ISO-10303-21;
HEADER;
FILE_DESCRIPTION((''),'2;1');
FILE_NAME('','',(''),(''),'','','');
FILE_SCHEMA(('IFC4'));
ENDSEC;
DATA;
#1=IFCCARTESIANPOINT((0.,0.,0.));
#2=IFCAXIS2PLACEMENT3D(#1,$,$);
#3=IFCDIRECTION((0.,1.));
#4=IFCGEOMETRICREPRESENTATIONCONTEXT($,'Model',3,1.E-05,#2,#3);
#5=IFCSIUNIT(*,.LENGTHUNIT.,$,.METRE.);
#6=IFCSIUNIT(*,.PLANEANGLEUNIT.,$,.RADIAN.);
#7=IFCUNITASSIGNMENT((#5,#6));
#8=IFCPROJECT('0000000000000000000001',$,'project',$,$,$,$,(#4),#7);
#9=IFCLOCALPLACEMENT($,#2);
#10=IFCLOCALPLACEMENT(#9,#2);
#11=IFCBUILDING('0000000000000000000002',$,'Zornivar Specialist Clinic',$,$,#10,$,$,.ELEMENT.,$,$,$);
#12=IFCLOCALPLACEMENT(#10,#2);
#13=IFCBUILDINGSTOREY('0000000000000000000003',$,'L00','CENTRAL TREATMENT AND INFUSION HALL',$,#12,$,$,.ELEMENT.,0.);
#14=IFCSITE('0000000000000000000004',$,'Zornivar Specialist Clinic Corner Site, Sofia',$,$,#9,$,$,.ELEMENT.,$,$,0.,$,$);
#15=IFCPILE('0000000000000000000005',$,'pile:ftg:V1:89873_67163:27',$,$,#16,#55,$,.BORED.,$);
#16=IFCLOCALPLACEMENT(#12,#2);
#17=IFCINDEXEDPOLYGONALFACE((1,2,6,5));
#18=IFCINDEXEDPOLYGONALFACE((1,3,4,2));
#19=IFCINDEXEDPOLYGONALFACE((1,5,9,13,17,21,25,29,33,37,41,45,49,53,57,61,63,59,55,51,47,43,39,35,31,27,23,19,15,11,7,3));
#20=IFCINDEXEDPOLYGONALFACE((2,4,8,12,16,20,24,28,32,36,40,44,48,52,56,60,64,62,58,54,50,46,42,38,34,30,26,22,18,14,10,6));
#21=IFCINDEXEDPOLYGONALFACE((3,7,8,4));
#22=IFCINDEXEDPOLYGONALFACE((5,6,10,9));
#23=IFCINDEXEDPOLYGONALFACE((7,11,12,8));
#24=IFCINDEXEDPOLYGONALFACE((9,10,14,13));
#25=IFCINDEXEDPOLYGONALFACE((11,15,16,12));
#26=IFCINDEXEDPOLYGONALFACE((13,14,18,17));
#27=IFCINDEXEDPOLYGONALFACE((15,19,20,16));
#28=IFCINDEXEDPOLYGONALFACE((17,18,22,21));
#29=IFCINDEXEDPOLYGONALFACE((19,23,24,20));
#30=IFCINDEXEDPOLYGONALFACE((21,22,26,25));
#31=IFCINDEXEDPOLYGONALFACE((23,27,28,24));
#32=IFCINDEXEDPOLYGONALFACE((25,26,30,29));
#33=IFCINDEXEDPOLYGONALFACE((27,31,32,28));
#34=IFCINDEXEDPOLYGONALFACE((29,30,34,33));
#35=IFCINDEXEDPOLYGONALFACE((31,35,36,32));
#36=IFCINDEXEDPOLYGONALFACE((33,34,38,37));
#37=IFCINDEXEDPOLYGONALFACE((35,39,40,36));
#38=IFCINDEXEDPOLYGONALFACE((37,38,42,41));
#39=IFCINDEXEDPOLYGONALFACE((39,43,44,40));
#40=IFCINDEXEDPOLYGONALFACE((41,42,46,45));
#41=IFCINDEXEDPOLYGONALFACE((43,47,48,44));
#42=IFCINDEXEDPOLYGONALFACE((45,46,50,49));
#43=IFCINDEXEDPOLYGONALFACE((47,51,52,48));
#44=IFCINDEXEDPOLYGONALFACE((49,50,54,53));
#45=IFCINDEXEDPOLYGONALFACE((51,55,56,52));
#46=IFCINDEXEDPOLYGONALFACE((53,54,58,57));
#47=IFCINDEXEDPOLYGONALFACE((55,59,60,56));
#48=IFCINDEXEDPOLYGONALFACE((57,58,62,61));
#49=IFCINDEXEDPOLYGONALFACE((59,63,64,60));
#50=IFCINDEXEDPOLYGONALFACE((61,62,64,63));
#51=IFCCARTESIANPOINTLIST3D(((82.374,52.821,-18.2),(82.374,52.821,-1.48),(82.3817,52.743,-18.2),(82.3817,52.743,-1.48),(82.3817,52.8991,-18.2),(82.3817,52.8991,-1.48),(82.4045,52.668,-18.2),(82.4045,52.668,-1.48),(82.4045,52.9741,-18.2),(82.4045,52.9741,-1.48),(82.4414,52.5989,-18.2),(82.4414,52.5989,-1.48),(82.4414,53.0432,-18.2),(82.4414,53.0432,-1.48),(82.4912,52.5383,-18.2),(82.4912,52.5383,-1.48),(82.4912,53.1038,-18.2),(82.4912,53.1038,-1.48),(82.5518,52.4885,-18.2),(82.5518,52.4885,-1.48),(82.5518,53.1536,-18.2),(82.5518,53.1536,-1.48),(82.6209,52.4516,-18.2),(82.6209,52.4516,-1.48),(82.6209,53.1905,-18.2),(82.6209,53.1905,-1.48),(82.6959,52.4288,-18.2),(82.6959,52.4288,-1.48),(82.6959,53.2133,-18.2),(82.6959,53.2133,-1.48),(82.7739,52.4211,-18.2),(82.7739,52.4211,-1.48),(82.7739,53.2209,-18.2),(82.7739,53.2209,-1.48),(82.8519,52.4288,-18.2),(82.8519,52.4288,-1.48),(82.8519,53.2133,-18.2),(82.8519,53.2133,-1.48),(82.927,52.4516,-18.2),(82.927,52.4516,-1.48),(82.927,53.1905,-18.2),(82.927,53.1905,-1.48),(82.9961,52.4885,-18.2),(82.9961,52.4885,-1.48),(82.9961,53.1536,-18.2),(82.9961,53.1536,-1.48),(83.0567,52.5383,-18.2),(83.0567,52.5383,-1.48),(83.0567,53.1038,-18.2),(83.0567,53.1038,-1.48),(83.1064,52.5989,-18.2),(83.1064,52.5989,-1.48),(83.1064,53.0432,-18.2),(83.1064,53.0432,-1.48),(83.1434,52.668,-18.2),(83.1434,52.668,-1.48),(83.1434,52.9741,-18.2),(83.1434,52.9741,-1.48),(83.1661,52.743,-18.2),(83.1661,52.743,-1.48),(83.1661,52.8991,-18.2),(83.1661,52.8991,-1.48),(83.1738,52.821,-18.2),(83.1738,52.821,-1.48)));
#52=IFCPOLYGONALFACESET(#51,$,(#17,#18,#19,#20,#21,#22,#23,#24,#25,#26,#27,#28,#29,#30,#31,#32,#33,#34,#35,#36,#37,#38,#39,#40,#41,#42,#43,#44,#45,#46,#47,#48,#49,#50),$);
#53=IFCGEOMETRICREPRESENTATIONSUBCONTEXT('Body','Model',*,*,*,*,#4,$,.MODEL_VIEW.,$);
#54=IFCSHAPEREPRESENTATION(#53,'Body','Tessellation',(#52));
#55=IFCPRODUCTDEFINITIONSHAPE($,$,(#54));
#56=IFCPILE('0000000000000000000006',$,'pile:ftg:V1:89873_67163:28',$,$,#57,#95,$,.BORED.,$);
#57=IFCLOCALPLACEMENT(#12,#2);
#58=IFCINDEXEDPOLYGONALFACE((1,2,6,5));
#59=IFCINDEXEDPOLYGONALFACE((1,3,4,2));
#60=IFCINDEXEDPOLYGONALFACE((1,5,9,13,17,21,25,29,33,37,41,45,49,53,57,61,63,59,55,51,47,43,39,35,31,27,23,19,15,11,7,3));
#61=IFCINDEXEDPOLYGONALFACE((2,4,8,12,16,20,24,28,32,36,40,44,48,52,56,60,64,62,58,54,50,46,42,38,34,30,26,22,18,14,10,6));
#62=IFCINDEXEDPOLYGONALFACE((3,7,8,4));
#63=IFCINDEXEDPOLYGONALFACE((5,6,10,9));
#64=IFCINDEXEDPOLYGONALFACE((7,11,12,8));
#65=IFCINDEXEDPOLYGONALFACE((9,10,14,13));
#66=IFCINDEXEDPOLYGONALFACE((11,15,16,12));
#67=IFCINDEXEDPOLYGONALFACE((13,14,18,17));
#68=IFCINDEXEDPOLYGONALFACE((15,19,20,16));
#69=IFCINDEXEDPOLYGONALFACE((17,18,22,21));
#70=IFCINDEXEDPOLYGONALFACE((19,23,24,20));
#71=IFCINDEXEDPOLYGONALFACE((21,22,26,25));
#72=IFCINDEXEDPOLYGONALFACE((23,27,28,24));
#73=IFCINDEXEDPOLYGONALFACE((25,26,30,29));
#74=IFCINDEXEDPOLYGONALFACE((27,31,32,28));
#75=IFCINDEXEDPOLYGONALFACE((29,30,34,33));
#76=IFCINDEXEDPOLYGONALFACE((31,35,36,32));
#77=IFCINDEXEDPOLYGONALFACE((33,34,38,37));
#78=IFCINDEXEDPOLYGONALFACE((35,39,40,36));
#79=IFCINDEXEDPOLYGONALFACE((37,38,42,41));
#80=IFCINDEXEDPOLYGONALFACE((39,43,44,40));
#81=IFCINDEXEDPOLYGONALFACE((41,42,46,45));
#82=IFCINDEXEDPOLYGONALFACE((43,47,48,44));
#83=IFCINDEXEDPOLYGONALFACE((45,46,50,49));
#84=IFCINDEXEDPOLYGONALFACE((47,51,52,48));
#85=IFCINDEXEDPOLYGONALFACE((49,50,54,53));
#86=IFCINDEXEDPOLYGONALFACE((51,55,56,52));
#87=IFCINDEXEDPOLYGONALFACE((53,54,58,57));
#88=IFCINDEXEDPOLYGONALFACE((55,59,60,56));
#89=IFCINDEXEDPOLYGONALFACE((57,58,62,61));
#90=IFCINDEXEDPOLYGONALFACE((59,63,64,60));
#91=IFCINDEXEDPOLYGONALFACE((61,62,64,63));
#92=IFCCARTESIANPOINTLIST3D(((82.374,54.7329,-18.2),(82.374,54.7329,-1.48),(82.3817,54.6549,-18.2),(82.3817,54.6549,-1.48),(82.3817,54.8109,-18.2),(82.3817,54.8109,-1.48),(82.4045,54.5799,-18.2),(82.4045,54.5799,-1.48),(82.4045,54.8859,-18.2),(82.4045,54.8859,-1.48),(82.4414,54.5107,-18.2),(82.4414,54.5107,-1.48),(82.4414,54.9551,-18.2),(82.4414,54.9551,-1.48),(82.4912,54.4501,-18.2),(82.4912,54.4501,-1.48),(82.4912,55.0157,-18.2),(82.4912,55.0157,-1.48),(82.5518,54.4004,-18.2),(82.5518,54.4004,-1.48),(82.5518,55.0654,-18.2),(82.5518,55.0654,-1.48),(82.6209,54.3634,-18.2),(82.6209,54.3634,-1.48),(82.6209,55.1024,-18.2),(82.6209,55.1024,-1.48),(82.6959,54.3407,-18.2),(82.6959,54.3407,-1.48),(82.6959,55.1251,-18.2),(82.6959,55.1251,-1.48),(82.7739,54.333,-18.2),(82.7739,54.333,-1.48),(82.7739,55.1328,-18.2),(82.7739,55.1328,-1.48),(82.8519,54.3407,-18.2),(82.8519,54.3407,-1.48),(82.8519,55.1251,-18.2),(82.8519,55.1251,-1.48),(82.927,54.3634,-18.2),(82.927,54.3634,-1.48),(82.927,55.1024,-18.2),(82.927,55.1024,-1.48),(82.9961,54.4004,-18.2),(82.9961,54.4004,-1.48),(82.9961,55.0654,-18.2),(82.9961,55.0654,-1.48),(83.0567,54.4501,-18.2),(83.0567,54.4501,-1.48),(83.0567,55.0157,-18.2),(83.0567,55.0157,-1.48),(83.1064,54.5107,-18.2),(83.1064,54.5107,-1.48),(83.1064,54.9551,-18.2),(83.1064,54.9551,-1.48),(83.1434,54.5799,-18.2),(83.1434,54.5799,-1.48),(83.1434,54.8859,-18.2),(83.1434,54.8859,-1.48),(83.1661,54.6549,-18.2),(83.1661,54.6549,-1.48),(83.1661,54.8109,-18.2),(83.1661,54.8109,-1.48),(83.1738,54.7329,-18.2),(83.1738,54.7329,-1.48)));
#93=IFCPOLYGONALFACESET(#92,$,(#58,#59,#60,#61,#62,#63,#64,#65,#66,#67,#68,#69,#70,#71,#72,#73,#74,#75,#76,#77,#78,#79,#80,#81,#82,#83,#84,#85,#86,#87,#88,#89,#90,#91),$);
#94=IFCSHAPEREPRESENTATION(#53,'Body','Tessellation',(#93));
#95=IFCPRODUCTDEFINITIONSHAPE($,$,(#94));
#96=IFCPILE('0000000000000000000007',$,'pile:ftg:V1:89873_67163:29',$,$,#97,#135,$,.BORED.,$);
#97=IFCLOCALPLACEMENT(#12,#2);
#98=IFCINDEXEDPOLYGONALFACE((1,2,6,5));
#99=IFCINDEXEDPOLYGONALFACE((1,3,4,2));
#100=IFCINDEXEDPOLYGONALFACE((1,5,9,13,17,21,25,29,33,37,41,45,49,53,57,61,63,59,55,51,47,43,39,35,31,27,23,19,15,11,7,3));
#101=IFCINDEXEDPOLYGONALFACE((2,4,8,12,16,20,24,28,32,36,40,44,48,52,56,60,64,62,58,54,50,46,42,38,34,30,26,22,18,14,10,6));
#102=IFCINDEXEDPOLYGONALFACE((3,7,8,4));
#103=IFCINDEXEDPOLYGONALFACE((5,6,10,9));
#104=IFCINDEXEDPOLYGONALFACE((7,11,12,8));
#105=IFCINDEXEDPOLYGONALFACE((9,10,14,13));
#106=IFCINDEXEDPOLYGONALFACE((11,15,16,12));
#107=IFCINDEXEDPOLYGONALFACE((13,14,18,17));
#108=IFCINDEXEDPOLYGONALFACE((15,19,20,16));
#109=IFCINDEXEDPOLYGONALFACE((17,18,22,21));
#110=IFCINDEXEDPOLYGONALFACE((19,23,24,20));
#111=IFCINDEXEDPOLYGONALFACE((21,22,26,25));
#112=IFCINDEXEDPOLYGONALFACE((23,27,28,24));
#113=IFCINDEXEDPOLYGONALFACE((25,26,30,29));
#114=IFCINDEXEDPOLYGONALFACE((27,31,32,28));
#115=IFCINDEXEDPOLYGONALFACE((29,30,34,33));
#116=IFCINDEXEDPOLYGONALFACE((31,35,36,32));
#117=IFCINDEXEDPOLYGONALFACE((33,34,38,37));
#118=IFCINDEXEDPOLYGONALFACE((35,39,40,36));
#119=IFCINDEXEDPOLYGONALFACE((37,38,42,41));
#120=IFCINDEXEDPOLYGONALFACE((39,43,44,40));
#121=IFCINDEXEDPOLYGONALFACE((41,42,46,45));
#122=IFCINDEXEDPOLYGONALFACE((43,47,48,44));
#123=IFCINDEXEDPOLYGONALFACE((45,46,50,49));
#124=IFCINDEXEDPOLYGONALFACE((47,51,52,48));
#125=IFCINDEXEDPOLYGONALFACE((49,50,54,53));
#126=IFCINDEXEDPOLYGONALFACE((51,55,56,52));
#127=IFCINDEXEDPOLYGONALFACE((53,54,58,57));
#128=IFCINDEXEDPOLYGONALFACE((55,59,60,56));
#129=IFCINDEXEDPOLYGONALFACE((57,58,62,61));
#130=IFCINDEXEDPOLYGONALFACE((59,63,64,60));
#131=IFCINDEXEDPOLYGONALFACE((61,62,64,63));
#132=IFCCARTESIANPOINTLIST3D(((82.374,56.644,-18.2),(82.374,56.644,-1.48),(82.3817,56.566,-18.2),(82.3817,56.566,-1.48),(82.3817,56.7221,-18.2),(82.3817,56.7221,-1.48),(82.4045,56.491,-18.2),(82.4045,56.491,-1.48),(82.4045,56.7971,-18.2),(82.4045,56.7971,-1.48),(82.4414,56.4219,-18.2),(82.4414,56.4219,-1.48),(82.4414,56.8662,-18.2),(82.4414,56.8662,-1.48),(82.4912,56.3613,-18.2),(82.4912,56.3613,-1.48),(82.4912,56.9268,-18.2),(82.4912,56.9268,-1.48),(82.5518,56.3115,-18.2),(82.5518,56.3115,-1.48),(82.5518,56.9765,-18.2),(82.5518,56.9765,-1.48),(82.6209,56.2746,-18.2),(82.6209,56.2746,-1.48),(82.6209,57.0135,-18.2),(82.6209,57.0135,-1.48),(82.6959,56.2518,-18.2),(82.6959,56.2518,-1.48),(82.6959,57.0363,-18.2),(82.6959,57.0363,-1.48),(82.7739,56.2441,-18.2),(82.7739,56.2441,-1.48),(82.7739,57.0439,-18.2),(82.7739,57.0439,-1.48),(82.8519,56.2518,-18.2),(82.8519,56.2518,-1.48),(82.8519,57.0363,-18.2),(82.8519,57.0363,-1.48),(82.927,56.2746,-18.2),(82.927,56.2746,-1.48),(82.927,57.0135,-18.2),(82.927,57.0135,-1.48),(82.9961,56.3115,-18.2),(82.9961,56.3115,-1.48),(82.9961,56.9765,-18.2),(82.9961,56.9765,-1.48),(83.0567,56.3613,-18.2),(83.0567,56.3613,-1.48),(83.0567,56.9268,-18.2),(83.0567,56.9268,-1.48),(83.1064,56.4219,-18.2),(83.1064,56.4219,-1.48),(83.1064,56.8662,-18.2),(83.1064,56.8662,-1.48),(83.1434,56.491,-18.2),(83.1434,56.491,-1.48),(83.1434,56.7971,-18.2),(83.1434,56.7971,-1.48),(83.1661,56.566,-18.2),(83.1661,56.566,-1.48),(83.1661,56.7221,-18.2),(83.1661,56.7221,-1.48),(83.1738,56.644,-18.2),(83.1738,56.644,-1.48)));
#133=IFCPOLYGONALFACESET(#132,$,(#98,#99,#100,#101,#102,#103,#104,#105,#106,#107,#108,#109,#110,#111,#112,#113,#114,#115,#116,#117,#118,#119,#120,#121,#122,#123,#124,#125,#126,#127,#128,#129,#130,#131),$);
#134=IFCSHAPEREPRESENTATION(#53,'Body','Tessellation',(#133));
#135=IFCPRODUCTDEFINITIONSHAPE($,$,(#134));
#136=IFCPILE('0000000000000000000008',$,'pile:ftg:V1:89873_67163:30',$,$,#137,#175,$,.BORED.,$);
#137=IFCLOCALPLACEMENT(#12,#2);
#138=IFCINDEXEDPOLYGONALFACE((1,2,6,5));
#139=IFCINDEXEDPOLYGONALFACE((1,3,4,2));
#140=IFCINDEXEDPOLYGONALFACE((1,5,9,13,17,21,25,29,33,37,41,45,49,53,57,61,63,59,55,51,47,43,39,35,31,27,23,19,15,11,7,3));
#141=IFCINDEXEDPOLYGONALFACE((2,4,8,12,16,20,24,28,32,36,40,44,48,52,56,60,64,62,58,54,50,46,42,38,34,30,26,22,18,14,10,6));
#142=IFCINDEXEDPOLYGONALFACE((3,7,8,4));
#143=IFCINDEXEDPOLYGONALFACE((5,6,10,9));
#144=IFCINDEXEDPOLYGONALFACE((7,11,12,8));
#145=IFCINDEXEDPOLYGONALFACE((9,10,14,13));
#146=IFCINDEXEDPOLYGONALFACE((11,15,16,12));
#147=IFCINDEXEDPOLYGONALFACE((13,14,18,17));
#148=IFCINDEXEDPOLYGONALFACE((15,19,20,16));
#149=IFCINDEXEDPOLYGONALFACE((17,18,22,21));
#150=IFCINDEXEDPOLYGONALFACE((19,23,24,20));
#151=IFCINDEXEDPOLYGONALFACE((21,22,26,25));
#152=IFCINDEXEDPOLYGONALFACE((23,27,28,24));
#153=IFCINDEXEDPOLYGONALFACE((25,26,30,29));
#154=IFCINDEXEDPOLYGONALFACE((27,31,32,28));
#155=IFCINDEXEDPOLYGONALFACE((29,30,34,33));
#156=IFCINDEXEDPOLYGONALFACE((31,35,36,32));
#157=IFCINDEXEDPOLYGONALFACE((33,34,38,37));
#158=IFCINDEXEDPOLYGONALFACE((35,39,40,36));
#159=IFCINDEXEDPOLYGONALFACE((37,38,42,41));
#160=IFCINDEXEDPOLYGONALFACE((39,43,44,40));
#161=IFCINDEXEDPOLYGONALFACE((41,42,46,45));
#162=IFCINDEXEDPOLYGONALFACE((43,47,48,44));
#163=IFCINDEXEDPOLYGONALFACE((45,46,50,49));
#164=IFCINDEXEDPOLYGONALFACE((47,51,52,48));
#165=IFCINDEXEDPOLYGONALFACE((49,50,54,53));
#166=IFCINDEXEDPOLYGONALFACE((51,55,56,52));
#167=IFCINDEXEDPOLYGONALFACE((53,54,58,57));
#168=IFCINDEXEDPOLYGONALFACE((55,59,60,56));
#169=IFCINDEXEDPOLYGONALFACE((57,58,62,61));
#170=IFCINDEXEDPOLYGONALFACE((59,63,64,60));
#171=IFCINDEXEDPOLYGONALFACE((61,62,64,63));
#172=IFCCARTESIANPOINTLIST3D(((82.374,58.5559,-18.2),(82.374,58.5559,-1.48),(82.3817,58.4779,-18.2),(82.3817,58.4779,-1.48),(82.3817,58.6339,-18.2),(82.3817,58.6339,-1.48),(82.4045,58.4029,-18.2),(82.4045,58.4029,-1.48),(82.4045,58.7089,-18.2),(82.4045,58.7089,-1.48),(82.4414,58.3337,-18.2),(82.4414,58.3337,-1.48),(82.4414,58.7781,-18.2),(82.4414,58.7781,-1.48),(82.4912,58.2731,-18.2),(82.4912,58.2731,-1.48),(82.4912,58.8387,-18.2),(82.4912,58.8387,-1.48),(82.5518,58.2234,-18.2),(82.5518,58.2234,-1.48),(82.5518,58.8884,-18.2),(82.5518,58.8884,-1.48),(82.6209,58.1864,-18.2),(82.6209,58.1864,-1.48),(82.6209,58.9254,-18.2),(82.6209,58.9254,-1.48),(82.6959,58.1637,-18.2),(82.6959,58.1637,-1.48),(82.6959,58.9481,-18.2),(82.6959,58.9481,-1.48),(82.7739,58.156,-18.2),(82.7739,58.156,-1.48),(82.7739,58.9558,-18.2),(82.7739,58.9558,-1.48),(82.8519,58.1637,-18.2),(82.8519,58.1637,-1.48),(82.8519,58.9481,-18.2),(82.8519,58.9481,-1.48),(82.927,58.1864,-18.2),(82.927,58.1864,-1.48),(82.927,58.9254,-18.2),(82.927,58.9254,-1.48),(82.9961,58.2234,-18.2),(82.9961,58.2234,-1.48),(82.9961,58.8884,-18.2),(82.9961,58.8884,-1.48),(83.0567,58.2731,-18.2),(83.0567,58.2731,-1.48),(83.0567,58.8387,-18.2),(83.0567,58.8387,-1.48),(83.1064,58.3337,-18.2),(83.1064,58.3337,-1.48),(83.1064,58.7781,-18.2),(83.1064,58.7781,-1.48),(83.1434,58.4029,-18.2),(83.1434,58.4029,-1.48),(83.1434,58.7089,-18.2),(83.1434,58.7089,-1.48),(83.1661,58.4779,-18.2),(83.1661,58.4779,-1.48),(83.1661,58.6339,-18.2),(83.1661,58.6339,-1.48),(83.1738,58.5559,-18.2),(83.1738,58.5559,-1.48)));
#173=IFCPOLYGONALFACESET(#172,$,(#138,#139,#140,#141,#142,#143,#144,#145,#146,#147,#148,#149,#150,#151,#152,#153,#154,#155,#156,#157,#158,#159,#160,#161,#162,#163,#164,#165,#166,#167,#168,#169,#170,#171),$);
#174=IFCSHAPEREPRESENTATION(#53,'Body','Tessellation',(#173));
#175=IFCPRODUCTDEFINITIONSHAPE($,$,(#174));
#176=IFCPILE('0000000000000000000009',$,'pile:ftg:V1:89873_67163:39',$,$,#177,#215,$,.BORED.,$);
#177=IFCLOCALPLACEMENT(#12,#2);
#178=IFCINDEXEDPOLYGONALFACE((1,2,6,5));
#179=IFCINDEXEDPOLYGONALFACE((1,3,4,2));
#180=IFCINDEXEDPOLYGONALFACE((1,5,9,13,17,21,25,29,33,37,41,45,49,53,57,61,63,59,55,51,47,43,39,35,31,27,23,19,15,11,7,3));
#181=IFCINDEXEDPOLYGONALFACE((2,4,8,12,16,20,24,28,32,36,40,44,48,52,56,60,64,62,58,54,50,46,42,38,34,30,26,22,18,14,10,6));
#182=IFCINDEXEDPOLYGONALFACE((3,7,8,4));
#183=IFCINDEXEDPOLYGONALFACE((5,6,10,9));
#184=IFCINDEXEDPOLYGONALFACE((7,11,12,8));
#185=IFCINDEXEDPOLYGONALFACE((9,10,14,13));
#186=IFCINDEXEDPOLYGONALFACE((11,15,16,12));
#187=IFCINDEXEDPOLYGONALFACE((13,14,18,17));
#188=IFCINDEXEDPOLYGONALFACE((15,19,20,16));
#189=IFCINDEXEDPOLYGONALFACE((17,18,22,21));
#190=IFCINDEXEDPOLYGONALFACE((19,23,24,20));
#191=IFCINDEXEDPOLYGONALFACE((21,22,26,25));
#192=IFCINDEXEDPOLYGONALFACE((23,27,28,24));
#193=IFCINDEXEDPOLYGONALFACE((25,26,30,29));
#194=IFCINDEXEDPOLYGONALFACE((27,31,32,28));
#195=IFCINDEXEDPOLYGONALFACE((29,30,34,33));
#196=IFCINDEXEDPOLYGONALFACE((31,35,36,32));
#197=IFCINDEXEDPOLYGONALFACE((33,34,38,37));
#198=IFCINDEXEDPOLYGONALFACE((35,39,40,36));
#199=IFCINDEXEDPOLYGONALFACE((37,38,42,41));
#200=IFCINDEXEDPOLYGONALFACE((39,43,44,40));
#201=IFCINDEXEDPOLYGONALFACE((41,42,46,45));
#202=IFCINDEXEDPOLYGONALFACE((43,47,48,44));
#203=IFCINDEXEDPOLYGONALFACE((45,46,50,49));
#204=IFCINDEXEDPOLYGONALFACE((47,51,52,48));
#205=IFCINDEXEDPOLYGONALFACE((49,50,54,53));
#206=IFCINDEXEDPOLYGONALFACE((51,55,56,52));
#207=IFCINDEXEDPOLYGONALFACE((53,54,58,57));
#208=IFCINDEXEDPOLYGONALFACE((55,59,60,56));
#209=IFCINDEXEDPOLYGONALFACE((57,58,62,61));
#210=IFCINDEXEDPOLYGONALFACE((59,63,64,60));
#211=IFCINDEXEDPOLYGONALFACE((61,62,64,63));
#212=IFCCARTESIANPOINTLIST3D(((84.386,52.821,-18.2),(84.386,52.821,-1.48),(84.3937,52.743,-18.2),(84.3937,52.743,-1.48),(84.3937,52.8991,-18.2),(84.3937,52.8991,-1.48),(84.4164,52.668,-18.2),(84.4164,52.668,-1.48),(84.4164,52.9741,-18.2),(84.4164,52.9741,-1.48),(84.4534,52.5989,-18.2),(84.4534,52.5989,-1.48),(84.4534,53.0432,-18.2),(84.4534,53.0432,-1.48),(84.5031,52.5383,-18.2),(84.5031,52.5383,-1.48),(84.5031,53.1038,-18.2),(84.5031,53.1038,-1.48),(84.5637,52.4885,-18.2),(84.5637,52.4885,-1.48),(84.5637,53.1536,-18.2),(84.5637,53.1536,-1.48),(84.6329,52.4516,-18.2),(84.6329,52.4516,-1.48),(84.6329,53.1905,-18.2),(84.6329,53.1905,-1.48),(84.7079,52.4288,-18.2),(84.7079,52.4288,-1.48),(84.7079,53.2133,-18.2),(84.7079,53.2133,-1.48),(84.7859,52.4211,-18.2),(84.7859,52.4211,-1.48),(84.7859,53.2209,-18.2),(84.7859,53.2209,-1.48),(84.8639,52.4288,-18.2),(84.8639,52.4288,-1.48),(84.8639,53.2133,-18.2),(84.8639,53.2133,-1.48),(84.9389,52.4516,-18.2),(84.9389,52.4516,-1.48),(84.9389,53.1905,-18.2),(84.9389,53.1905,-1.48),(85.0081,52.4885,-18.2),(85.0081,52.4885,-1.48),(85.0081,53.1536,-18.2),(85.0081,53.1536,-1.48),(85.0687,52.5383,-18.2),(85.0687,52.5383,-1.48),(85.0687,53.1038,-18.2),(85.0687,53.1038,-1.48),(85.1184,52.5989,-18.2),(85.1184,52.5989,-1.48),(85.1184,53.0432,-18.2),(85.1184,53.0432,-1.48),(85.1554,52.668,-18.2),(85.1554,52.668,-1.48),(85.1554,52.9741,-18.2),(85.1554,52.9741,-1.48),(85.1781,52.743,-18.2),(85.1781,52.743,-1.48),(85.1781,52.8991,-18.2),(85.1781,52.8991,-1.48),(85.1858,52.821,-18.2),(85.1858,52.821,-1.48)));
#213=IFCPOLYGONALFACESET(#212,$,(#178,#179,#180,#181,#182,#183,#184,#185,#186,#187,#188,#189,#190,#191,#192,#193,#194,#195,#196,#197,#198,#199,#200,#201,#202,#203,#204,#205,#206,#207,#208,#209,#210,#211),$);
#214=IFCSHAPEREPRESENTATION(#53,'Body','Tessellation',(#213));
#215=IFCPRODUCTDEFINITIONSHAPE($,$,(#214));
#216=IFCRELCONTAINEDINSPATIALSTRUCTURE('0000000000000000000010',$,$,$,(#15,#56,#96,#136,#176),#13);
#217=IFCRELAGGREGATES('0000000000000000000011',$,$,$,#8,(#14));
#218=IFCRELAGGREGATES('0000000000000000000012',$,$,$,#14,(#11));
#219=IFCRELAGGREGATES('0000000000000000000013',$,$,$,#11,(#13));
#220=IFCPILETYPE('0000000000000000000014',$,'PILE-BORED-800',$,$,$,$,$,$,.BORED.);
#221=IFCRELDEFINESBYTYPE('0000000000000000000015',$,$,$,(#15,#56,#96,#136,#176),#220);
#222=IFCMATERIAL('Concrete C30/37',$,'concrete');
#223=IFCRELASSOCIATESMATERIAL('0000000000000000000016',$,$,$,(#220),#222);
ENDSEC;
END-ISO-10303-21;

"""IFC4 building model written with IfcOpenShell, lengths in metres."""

from ifc_helpers import new_model, si_unit, direction, frame, origin, origin_2d, place, context, subcontext, project, spatial, circle, extrude, material, material_profile, profile_set, type_object, element, save


model = new_model("IFC4")

# Units and contexts
model_context = context("Model", 3, precision=1e-05, world=origin(), true_north=direction((0.0, 1.0)))
body_context = subcontext(model_context, "Body", "Model", "MODEL_VIEW")
ifc_project = project(units=[si_unit("LENGTHUNIT", "METRE"), si_unit("PLANEANGLEUNIT", "RADIAN")], contexts=[model_context])

# Site, building, storey
site_placement = place(None, origin())
site = spatial("IfcSite", under=ifc_project, at=site_placement, Name="Zornivar Specialist Clinic Corner Site, Sofia", CompositionType="ELEMENT", RefElevation=0.0)
building_placement = place(site_placement, origin())
building = spatial("IfcBuilding", under=site, at=building_placement, Name="Zornivar Specialist Clinic", CompositionType="ELEMENT")
storey_placement = place(building_placement, origin())
storey = spatial("IfcBuildingStorey", under=building, at=storey_placement, Name="L00", Description="CENTRAL TREATMENT AND INFUSION HALL", CompositionType="ELEMENT", Elevation=0.0)

# Piles
ifc_material_1 = material(Name="Concrete C30/37", Category="concrete")
ifc_material_profile_1 = material_profile(ifc_material_1, circle(Radius=0.3999, at=origin_2d()), Name="PILE D800")
ifc_profile_set_1 = profile_set([ifc_material_profile_1], Name="Concrete C30/37")
pile_type = type_object("IfcPileType", Name="PILE-BORED-800", PredefinedType="BORED", material=ifc_profile_set_1)
for number, where, z_axis, x_axis, name in (
    (1, (82.7739, 52.821, -1.48), (0.0, 0.0, -1.0), (1.0, 0.0, 0.0), "pile:ftg:V1:89873_67163:27"),
    (2, (82.7739, 54.7329, -1.48), (0.0, 0.0, -1.0), (1.0, 0.0, 0.0), "pile:ftg:V1:89873_67163:28"),
    (3, (82.7739, 56.644, -1.48), (0.0, 0.0, -1.0), (1.0, 0.0, 0.0), "pile:ftg:V1:89873_67163:29"),
    (4, (82.7739, 58.5559, -1.48), (0.0, 0.0, -1.0), (1.0, 0.0, 0.0), "pile:ftg:V1:89873_67163:30"),
    (5, (84.7859, 52.821, -1.48), (0.0, 0.0, -1.0), (1.0, 0.0, 0.0), "pile:ftg:V1:89873_67163:39"),
):
    element("IfcPile", number, at=place(storey_placement, frame(where, z_axis=z_axis, x_axis=x_axis)), inside=storey, type_object=pile_type, Name=name, PredefinedType="BORED", context=body_context, shape_type="SweptSolid", body=[
        extrude(circle(Radius=0.3999, at=origin_2d()), origin(), (0.0, 0.0, 1.0), 16.72),
    ])

save(model, "model.ifc")
